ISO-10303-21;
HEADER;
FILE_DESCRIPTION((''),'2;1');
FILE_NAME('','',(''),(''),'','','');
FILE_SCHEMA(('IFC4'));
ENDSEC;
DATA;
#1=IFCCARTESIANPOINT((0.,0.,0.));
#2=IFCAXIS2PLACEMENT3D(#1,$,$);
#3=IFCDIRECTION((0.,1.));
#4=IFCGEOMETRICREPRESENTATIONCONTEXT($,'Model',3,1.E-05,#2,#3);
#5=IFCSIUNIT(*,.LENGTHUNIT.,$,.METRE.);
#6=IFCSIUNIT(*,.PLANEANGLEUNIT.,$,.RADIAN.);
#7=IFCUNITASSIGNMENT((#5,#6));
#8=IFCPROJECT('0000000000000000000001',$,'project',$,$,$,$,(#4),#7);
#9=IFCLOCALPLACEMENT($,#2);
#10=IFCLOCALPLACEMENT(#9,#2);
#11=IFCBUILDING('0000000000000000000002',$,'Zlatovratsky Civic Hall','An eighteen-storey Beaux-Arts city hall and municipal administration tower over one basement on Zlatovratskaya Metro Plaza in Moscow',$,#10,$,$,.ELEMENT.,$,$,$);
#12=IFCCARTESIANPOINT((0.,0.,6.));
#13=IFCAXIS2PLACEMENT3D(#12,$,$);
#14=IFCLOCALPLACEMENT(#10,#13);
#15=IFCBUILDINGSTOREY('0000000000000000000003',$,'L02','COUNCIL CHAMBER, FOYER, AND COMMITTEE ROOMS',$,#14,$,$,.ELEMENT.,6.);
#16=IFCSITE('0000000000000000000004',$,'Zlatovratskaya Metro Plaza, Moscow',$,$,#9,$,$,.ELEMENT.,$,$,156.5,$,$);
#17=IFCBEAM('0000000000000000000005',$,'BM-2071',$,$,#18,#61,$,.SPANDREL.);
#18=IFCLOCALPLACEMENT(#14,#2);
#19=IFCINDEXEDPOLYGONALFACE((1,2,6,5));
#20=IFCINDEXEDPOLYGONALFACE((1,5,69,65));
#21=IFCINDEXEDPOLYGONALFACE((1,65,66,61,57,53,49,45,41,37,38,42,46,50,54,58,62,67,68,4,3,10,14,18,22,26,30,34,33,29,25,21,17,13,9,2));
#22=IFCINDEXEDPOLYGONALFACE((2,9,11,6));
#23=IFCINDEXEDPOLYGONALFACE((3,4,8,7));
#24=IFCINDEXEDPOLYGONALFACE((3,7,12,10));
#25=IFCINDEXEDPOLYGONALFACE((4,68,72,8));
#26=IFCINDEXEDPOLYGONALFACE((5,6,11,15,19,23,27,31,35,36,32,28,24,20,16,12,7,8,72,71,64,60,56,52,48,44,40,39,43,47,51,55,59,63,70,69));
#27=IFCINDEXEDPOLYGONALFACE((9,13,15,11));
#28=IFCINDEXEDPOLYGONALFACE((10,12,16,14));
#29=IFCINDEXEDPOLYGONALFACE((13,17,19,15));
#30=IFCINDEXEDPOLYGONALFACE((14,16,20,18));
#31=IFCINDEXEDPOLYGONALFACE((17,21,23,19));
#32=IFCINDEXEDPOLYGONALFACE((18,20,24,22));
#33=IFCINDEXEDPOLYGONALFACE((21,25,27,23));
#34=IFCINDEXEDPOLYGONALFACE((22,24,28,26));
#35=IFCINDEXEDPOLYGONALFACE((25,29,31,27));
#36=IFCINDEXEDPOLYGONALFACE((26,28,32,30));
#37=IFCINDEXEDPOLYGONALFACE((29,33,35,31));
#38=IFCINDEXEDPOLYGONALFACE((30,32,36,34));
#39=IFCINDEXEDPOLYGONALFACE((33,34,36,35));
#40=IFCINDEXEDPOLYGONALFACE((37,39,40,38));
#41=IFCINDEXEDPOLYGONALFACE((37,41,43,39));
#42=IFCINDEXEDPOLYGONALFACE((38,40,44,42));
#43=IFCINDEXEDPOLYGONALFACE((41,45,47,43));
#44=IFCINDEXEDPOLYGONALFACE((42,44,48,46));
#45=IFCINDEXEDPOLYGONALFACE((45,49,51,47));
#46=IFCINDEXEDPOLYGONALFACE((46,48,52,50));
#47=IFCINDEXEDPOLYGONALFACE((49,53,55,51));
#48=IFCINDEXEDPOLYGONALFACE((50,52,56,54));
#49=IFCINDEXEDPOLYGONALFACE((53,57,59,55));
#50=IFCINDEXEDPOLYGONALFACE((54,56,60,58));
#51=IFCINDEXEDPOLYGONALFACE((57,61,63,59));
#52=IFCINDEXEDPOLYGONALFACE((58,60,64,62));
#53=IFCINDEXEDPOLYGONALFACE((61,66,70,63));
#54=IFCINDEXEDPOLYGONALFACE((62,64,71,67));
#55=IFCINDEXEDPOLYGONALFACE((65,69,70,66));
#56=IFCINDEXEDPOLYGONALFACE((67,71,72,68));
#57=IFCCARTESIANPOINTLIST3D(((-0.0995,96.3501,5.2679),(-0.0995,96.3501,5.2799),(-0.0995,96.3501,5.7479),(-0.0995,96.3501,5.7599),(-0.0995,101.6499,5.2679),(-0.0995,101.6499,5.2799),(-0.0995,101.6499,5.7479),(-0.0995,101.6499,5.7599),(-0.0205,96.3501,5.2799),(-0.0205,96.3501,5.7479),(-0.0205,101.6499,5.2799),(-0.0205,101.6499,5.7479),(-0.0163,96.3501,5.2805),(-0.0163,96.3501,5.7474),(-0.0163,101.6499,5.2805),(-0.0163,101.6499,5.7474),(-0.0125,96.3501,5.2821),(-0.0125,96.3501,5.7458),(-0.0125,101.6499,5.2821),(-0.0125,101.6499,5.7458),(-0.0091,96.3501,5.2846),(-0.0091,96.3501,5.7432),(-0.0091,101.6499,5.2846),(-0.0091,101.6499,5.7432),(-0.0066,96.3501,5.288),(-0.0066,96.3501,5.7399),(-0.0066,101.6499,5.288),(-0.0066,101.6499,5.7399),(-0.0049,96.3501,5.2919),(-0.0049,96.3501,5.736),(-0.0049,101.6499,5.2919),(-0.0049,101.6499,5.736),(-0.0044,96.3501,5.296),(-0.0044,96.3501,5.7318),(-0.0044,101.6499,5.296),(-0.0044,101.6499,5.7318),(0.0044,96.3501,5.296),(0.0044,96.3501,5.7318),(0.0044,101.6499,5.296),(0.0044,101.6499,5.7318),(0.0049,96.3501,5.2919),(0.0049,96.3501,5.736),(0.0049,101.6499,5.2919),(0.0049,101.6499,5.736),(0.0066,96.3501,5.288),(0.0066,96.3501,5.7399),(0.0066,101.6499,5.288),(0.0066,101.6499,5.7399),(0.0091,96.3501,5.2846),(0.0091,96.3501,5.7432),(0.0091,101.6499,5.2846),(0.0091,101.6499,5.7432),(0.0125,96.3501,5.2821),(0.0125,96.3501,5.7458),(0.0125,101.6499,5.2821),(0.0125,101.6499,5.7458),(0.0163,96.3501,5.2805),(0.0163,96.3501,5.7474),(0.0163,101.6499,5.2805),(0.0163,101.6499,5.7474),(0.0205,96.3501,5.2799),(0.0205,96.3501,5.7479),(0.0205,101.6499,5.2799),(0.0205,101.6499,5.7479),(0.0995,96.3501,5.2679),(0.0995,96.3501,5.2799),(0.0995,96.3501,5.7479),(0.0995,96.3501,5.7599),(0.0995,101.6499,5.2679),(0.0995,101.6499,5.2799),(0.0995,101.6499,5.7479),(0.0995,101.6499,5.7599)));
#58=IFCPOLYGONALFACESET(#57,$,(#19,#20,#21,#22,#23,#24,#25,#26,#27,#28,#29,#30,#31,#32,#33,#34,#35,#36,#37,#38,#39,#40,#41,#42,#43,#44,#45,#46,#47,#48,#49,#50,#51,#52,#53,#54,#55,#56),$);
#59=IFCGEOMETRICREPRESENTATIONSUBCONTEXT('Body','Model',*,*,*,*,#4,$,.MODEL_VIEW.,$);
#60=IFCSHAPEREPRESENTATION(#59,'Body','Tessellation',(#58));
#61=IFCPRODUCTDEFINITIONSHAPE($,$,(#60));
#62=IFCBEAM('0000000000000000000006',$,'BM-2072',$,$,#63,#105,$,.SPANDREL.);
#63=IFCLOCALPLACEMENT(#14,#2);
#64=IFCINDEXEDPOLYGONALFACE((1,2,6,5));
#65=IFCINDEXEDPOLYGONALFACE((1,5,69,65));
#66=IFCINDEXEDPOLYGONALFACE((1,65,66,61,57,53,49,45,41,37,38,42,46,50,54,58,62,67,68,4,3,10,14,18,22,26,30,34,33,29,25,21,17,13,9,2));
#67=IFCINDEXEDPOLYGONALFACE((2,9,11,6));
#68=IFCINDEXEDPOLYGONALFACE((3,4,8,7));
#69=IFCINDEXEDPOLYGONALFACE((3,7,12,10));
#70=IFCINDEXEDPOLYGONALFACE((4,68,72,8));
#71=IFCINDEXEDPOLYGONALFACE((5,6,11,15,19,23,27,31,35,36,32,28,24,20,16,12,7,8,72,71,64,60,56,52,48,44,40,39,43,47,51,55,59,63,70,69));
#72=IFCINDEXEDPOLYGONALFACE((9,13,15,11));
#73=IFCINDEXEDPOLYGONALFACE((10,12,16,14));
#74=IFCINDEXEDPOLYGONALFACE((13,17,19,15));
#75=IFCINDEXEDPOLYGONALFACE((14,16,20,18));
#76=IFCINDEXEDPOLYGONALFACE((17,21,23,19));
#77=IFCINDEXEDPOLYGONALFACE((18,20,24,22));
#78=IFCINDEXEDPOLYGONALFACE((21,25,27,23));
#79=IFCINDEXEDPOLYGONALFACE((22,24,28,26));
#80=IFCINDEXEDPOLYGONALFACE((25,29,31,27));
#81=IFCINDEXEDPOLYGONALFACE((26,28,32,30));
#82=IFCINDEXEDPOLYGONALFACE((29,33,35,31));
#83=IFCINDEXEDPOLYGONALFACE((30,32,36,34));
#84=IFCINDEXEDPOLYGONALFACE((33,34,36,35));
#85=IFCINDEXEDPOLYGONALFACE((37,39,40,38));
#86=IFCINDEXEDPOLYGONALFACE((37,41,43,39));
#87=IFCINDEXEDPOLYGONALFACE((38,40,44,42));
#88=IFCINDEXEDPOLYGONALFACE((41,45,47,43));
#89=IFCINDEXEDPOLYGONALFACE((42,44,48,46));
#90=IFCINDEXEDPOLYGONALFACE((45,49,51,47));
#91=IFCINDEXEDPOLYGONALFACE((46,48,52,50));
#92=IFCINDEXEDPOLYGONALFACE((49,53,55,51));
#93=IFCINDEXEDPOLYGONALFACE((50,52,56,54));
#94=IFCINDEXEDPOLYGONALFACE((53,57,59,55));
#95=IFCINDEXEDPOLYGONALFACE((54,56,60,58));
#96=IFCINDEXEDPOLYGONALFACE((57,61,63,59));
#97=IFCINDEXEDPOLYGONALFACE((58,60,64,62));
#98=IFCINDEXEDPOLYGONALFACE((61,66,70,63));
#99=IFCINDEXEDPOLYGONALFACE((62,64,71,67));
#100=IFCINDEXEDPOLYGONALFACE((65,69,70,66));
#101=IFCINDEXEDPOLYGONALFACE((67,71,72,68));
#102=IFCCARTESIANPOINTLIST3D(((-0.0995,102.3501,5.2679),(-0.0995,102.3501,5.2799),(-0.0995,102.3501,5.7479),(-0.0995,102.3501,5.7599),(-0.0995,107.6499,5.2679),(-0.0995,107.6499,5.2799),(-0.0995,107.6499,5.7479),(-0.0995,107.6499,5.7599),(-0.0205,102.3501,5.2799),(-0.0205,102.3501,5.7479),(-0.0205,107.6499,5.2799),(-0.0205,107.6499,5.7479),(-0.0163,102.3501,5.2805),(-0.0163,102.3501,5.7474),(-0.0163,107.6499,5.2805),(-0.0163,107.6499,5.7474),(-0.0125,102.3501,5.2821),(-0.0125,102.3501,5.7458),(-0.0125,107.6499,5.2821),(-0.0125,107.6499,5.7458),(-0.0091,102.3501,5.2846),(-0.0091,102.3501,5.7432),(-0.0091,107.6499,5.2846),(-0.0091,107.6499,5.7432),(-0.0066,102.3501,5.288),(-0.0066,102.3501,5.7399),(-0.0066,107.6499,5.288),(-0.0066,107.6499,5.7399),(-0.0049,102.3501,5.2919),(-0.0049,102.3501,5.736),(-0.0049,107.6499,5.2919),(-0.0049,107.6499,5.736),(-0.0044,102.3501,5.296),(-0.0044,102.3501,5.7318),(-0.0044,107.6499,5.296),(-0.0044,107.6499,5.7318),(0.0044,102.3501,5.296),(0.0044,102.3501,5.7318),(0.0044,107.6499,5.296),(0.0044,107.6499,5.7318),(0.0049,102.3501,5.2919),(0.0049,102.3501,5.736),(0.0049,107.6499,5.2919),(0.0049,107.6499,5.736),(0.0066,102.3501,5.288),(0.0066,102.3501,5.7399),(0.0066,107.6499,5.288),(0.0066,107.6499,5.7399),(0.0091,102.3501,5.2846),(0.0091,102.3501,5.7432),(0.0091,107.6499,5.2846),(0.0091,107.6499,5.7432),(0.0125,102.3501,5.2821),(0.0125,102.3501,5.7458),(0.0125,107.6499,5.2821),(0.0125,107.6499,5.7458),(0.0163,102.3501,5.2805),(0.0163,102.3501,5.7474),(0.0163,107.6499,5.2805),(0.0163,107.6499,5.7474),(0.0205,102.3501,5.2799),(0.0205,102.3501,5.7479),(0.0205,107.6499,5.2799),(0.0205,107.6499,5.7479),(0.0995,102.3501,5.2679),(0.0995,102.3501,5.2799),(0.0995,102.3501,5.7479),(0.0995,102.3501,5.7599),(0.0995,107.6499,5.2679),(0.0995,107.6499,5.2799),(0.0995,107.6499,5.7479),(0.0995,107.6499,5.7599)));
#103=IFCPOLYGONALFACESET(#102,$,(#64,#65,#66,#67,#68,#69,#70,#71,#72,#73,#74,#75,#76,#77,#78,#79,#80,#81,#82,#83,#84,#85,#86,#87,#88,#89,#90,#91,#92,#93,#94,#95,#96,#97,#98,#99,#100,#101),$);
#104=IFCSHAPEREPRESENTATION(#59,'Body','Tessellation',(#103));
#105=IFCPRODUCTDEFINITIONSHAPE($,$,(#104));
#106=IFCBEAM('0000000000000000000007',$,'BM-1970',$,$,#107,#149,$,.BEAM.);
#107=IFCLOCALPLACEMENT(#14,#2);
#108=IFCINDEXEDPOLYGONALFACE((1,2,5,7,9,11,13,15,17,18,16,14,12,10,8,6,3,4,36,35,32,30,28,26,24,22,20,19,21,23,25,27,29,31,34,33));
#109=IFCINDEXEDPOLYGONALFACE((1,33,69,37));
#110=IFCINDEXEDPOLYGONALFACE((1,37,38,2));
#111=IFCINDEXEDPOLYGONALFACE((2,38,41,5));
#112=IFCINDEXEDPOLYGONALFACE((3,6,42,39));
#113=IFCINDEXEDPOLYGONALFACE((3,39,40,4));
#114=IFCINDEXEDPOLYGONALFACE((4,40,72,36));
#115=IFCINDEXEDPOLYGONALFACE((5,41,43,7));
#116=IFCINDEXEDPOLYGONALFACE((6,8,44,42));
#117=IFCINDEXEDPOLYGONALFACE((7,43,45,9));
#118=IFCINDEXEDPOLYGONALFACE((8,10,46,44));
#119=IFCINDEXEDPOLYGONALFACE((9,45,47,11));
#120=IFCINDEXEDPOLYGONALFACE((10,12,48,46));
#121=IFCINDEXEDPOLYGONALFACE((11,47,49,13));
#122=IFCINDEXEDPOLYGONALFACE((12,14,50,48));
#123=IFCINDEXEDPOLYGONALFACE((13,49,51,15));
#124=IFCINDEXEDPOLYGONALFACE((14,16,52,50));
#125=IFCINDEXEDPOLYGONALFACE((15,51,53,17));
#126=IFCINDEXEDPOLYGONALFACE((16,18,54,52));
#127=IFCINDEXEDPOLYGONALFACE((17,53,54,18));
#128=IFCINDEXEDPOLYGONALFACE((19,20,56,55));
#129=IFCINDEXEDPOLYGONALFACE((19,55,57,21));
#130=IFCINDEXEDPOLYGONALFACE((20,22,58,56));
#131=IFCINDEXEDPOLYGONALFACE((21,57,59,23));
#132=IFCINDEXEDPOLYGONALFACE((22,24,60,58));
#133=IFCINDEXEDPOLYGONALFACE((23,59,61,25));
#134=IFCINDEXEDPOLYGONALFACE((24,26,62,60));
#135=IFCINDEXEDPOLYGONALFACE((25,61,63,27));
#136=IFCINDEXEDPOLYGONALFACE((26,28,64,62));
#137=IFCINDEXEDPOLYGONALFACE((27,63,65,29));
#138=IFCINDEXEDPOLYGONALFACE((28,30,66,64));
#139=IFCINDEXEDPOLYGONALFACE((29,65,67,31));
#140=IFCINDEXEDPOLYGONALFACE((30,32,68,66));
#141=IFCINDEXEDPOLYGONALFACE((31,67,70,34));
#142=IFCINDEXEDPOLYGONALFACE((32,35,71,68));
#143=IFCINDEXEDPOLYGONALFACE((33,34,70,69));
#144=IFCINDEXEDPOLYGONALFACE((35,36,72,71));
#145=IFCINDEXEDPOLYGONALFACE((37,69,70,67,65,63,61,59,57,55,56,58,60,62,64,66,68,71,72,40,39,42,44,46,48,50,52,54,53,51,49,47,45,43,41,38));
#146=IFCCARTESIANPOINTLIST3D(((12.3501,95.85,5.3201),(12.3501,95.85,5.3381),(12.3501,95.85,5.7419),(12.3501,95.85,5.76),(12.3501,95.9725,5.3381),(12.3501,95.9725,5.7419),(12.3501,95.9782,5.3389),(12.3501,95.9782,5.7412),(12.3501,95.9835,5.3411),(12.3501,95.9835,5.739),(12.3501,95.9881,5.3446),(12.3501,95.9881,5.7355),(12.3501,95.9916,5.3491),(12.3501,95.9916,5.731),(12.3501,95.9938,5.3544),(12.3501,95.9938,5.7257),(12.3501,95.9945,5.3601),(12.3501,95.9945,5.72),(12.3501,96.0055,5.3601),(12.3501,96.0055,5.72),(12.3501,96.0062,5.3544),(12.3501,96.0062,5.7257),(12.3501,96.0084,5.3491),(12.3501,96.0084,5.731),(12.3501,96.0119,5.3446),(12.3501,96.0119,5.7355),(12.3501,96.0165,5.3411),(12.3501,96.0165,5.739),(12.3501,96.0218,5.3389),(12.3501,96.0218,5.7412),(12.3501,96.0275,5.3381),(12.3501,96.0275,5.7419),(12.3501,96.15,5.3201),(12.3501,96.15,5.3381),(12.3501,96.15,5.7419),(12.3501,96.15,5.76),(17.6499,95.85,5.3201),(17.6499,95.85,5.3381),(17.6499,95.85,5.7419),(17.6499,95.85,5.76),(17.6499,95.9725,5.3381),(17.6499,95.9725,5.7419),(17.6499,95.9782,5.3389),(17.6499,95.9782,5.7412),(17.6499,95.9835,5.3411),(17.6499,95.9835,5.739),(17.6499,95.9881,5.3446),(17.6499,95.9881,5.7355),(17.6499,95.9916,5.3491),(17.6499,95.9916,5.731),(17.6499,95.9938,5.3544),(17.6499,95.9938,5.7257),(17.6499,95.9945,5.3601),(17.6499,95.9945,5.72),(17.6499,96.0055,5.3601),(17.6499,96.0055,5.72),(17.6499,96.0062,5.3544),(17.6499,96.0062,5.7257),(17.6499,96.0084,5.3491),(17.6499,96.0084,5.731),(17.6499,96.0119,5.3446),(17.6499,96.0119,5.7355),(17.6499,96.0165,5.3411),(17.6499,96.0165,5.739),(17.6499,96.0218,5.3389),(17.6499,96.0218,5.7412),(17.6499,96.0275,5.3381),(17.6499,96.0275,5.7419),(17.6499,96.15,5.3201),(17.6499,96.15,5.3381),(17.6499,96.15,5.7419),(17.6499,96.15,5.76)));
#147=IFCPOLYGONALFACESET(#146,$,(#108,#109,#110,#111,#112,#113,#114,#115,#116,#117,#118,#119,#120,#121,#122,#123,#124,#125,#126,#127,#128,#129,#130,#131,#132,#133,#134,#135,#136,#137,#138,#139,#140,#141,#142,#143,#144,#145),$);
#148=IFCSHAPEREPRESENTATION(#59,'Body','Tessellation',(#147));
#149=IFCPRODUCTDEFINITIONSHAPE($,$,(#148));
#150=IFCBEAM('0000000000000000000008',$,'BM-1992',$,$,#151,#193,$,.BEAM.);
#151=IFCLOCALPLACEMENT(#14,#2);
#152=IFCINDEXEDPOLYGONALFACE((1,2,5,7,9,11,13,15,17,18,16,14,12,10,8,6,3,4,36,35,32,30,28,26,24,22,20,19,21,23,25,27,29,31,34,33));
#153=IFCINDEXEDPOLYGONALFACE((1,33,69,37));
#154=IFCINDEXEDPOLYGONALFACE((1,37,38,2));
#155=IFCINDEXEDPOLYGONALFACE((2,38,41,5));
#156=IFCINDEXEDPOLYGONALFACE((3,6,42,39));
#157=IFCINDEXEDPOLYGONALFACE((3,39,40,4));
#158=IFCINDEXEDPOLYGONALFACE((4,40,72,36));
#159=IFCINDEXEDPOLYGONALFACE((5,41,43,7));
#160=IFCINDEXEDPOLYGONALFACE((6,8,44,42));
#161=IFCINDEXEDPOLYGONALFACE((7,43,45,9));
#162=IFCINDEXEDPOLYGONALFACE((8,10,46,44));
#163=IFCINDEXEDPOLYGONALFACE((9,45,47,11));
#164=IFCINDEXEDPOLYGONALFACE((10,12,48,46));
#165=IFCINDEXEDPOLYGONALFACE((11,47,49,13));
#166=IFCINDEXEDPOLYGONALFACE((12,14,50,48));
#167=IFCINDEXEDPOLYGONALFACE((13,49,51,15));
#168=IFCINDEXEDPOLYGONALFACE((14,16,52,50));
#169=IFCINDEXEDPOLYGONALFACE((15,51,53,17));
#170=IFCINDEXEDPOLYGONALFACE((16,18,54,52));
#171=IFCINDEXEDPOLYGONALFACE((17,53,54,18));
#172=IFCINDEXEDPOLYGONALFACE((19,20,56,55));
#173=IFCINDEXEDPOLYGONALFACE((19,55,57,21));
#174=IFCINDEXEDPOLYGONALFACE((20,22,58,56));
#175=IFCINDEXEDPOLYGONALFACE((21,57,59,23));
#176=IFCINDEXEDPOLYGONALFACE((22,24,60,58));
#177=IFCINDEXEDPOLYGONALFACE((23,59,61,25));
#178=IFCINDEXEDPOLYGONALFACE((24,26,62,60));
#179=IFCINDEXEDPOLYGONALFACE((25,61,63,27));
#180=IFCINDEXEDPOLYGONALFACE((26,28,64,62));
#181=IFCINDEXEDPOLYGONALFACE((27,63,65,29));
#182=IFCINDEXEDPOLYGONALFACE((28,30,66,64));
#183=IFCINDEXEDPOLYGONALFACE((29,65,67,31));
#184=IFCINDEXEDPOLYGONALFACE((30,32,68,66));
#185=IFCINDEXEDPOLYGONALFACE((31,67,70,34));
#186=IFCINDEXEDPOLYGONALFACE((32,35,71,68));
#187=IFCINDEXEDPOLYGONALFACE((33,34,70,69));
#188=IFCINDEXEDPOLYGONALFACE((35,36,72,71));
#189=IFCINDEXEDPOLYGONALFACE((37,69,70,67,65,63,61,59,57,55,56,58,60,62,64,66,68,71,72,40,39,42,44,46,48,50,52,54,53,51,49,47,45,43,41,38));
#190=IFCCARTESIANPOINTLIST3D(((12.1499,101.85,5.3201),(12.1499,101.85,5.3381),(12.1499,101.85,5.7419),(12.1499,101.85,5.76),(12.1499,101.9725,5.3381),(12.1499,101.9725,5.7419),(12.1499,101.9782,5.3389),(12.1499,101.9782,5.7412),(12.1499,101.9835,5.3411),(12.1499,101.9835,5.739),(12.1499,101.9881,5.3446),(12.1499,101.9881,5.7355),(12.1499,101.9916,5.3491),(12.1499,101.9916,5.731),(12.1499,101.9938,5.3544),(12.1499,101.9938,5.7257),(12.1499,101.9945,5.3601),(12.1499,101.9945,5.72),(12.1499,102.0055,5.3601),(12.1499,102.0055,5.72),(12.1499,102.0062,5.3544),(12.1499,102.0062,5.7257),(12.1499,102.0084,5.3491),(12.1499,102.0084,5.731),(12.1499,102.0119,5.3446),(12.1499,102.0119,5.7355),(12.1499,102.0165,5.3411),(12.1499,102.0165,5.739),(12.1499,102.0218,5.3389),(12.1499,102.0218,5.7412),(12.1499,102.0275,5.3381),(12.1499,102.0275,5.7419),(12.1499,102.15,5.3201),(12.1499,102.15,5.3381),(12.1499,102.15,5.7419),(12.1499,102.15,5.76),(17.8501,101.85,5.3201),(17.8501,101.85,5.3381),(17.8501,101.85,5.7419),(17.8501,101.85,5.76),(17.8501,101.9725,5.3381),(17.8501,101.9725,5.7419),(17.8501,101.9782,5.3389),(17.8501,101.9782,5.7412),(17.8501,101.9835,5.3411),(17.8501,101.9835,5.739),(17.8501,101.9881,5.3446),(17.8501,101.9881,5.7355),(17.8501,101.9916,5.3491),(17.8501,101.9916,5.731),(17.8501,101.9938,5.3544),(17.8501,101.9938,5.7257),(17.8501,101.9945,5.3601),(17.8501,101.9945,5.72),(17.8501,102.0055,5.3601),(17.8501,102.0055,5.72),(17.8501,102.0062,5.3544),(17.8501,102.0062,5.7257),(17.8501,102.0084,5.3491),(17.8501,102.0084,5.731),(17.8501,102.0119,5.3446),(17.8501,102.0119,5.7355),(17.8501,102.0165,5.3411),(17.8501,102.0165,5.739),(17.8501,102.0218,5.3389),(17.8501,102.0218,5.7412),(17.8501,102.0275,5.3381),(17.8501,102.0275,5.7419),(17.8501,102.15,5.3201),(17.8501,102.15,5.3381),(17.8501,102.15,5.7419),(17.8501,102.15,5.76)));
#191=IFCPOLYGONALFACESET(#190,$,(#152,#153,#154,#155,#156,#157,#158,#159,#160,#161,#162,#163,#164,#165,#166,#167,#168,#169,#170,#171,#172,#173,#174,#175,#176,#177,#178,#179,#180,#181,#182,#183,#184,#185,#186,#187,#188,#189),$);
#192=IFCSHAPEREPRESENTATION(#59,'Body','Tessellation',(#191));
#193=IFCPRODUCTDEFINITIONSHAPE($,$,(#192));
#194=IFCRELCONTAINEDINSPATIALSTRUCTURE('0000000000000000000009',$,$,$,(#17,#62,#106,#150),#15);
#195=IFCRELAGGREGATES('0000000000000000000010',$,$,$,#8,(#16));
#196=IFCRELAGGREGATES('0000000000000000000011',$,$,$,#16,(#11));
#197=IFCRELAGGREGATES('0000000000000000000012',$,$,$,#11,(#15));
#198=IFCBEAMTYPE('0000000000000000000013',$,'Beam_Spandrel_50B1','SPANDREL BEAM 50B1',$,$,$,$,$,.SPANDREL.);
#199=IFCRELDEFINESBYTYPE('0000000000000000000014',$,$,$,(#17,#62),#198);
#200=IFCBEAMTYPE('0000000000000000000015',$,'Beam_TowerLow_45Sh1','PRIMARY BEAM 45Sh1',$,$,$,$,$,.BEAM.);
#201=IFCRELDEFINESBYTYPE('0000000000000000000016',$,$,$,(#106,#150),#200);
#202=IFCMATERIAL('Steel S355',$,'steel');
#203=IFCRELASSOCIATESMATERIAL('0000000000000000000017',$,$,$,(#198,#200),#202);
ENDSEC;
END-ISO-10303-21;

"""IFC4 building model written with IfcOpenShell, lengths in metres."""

from ifc_helpers import new_model, si_unit, direction, frame, origin, origin_2d, place, context, subcontext, project, spatial, i_section, extrude, material, material_profile, profile_set, type_object, element, save


model = new_model("IFC4")

# Units and contexts
model_context = context("Model", 3, precision=1e-05, world=origin(), true_north=direction((0.0, 1.0)))
body_context = subcontext(model_context, "Body", "Model", "MODEL_VIEW")
ifc_project = project(units=[si_unit("LENGTHUNIT", "METRE"), si_unit("PLANEANGLEUNIT", "RADIAN")], contexts=[model_context])

# Site, building, storey
site_placement = place(None, origin())
site = spatial("IfcSite", under=ifc_project, at=site_placement, Name="Zlatovratskaya Metro Plaza, Moscow", CompositionType="ELEMENT", RefElevation=156.5)
building_placement = place(site_placement, origin())
building = spatial("IfcBuilding", under=site, at=building_placement, Name="Zlatovratsky Civic Hall", Description="An eighteen-storey Beaux-Arts city hall and municipal administration tower over one basement on Zlatovratskaya Metro Plaza in Moscow", CompositionType="ELEMENT")
storey_placement = place(building_placement, frame((0.0, 0.0, 6.0)))
storey = spatial("IfcBuildingStorey", under=building, at=storey_placement, Name="L02", Description="COUNCIL CHAMBER, FOYER, AND COMMITTEE ROOMS", CompositionType="ELEMENT", Elevation=6.0)

# Shared definitions
ifc_material_1 = material(Name="Steel S355", Category="steel")

# Beams
ifc_material_profile_1 = material_profile(ifc_material_1, i_section(OverallWidth=0.199, OverallDepth=0.4919, WebThickness=0.0088, FlangeThickness=0.012, FilletRadius=0.0161, at=origin_2d()), Name="50B1")
ifc_profile_set_1 = profile_set([ifc_material_profile_1], Name="Steel S355")
beam_type_1 = type_object("IfcBeamType", Name="Beam_Spandrel_50B1", Description="SPANDREL BEAM 50B1", PredefinedType="SPANDREL", material=ifc_profile_set_1)
for number, where, z_axis, x_axis, name in (
    (1, (0.0, 96.3501, 5.5139), (0.0, 1.0, 0.0), (-1.0, 0.0, 0.0), "BM-2071"),
    (2, (0.0, 102.3501, 5.5139), (0.0, 1.0, 0.0), (-1.0, 0.0, 0.0), "BM-2072"),
):
    element("IfcBeam", number, at=place(storey_placement, frame(where, z_axis=z_axis, x_axis=x_axis)), inside=storey, type_object=beam_type_1, Name=name, PredefinedType="SPANDREL", context=body_context, shape_type="SweptSolid", body=[
        extrude(i_section(OverallWidth=0.199, OverallDepth=0.4919, WebThickness=0.0088, FlangeThickness=0.012, FilletRadius=0.0161, at=origin_2d()), origin(), (0.0, 0.0, 1.0), 5.2998),
    ])
ifc_material_profile_2 = material_profile(ifc_material_1, i_section(OverallWidth=0.3, OverallDepth=0.4399, WebThickness=0.011, FlangeThickness=0.0181, FilletRadius=0.022, at=origin_2d()), Name="45Sh1")
ifc_profile_set_2 = profile_set([ifc_material_profile_2], Name="Steel S355")
beam_type_2 = type_object("IfcBeamType", Name="Beam_TowerLow_45Sh1", Description="PRIMARY BEAM 45Sh1", PredefinedType="BEAM", material=ifc_profile_set_2)
beam_1_placement = place(storey_placement, frame((12.3501, 96.0, 5.54), z_axis=(1.0, 0.0, 0.0), x_axis=(0.0, 1.0, 0.0)))
element("IfcBeam", 3, at=beam_1_placement, inside=storey, type_object=beam_type_2, Name="BM-1970", PredefinedType="BEAM", context=body_context, shape_type="SweptSolid", body=[
    extrude(i_section(OverallWidth=0.3, OverallDepth=0.4399, WebThickness=0.011, FlangeThickness=0.0181, FilletRadius=0.022, at=origin_2d()), origin(), (0.0, 0.0, 1.0), 5.2998),
])
beam_2_placement = place(storey_placement, frame((12.1499, 102.0, 5.54), z_axis=(1.0, 0.0, 0.0), x_axis=(0.0, 1.0, 0.0)))
element("IfcBeam", 4, at=beam_2_placement, inside=storey, type_object=beam_type_2, Name="BM-1992", PredefinedType="BEAM", context=body_context, shape_type="SweptSolid", body=[
    extrude(i_section(OverallWidth=0.3, OverallDepth=0.4399, WebThickness=0.011, FlangeThickness=0.0181, FilletRadius=0.022, at=origin_2d()), origin(), (0.0, 0.0, 1.0), 5.7002),
])

save(model, "model.ifc")
